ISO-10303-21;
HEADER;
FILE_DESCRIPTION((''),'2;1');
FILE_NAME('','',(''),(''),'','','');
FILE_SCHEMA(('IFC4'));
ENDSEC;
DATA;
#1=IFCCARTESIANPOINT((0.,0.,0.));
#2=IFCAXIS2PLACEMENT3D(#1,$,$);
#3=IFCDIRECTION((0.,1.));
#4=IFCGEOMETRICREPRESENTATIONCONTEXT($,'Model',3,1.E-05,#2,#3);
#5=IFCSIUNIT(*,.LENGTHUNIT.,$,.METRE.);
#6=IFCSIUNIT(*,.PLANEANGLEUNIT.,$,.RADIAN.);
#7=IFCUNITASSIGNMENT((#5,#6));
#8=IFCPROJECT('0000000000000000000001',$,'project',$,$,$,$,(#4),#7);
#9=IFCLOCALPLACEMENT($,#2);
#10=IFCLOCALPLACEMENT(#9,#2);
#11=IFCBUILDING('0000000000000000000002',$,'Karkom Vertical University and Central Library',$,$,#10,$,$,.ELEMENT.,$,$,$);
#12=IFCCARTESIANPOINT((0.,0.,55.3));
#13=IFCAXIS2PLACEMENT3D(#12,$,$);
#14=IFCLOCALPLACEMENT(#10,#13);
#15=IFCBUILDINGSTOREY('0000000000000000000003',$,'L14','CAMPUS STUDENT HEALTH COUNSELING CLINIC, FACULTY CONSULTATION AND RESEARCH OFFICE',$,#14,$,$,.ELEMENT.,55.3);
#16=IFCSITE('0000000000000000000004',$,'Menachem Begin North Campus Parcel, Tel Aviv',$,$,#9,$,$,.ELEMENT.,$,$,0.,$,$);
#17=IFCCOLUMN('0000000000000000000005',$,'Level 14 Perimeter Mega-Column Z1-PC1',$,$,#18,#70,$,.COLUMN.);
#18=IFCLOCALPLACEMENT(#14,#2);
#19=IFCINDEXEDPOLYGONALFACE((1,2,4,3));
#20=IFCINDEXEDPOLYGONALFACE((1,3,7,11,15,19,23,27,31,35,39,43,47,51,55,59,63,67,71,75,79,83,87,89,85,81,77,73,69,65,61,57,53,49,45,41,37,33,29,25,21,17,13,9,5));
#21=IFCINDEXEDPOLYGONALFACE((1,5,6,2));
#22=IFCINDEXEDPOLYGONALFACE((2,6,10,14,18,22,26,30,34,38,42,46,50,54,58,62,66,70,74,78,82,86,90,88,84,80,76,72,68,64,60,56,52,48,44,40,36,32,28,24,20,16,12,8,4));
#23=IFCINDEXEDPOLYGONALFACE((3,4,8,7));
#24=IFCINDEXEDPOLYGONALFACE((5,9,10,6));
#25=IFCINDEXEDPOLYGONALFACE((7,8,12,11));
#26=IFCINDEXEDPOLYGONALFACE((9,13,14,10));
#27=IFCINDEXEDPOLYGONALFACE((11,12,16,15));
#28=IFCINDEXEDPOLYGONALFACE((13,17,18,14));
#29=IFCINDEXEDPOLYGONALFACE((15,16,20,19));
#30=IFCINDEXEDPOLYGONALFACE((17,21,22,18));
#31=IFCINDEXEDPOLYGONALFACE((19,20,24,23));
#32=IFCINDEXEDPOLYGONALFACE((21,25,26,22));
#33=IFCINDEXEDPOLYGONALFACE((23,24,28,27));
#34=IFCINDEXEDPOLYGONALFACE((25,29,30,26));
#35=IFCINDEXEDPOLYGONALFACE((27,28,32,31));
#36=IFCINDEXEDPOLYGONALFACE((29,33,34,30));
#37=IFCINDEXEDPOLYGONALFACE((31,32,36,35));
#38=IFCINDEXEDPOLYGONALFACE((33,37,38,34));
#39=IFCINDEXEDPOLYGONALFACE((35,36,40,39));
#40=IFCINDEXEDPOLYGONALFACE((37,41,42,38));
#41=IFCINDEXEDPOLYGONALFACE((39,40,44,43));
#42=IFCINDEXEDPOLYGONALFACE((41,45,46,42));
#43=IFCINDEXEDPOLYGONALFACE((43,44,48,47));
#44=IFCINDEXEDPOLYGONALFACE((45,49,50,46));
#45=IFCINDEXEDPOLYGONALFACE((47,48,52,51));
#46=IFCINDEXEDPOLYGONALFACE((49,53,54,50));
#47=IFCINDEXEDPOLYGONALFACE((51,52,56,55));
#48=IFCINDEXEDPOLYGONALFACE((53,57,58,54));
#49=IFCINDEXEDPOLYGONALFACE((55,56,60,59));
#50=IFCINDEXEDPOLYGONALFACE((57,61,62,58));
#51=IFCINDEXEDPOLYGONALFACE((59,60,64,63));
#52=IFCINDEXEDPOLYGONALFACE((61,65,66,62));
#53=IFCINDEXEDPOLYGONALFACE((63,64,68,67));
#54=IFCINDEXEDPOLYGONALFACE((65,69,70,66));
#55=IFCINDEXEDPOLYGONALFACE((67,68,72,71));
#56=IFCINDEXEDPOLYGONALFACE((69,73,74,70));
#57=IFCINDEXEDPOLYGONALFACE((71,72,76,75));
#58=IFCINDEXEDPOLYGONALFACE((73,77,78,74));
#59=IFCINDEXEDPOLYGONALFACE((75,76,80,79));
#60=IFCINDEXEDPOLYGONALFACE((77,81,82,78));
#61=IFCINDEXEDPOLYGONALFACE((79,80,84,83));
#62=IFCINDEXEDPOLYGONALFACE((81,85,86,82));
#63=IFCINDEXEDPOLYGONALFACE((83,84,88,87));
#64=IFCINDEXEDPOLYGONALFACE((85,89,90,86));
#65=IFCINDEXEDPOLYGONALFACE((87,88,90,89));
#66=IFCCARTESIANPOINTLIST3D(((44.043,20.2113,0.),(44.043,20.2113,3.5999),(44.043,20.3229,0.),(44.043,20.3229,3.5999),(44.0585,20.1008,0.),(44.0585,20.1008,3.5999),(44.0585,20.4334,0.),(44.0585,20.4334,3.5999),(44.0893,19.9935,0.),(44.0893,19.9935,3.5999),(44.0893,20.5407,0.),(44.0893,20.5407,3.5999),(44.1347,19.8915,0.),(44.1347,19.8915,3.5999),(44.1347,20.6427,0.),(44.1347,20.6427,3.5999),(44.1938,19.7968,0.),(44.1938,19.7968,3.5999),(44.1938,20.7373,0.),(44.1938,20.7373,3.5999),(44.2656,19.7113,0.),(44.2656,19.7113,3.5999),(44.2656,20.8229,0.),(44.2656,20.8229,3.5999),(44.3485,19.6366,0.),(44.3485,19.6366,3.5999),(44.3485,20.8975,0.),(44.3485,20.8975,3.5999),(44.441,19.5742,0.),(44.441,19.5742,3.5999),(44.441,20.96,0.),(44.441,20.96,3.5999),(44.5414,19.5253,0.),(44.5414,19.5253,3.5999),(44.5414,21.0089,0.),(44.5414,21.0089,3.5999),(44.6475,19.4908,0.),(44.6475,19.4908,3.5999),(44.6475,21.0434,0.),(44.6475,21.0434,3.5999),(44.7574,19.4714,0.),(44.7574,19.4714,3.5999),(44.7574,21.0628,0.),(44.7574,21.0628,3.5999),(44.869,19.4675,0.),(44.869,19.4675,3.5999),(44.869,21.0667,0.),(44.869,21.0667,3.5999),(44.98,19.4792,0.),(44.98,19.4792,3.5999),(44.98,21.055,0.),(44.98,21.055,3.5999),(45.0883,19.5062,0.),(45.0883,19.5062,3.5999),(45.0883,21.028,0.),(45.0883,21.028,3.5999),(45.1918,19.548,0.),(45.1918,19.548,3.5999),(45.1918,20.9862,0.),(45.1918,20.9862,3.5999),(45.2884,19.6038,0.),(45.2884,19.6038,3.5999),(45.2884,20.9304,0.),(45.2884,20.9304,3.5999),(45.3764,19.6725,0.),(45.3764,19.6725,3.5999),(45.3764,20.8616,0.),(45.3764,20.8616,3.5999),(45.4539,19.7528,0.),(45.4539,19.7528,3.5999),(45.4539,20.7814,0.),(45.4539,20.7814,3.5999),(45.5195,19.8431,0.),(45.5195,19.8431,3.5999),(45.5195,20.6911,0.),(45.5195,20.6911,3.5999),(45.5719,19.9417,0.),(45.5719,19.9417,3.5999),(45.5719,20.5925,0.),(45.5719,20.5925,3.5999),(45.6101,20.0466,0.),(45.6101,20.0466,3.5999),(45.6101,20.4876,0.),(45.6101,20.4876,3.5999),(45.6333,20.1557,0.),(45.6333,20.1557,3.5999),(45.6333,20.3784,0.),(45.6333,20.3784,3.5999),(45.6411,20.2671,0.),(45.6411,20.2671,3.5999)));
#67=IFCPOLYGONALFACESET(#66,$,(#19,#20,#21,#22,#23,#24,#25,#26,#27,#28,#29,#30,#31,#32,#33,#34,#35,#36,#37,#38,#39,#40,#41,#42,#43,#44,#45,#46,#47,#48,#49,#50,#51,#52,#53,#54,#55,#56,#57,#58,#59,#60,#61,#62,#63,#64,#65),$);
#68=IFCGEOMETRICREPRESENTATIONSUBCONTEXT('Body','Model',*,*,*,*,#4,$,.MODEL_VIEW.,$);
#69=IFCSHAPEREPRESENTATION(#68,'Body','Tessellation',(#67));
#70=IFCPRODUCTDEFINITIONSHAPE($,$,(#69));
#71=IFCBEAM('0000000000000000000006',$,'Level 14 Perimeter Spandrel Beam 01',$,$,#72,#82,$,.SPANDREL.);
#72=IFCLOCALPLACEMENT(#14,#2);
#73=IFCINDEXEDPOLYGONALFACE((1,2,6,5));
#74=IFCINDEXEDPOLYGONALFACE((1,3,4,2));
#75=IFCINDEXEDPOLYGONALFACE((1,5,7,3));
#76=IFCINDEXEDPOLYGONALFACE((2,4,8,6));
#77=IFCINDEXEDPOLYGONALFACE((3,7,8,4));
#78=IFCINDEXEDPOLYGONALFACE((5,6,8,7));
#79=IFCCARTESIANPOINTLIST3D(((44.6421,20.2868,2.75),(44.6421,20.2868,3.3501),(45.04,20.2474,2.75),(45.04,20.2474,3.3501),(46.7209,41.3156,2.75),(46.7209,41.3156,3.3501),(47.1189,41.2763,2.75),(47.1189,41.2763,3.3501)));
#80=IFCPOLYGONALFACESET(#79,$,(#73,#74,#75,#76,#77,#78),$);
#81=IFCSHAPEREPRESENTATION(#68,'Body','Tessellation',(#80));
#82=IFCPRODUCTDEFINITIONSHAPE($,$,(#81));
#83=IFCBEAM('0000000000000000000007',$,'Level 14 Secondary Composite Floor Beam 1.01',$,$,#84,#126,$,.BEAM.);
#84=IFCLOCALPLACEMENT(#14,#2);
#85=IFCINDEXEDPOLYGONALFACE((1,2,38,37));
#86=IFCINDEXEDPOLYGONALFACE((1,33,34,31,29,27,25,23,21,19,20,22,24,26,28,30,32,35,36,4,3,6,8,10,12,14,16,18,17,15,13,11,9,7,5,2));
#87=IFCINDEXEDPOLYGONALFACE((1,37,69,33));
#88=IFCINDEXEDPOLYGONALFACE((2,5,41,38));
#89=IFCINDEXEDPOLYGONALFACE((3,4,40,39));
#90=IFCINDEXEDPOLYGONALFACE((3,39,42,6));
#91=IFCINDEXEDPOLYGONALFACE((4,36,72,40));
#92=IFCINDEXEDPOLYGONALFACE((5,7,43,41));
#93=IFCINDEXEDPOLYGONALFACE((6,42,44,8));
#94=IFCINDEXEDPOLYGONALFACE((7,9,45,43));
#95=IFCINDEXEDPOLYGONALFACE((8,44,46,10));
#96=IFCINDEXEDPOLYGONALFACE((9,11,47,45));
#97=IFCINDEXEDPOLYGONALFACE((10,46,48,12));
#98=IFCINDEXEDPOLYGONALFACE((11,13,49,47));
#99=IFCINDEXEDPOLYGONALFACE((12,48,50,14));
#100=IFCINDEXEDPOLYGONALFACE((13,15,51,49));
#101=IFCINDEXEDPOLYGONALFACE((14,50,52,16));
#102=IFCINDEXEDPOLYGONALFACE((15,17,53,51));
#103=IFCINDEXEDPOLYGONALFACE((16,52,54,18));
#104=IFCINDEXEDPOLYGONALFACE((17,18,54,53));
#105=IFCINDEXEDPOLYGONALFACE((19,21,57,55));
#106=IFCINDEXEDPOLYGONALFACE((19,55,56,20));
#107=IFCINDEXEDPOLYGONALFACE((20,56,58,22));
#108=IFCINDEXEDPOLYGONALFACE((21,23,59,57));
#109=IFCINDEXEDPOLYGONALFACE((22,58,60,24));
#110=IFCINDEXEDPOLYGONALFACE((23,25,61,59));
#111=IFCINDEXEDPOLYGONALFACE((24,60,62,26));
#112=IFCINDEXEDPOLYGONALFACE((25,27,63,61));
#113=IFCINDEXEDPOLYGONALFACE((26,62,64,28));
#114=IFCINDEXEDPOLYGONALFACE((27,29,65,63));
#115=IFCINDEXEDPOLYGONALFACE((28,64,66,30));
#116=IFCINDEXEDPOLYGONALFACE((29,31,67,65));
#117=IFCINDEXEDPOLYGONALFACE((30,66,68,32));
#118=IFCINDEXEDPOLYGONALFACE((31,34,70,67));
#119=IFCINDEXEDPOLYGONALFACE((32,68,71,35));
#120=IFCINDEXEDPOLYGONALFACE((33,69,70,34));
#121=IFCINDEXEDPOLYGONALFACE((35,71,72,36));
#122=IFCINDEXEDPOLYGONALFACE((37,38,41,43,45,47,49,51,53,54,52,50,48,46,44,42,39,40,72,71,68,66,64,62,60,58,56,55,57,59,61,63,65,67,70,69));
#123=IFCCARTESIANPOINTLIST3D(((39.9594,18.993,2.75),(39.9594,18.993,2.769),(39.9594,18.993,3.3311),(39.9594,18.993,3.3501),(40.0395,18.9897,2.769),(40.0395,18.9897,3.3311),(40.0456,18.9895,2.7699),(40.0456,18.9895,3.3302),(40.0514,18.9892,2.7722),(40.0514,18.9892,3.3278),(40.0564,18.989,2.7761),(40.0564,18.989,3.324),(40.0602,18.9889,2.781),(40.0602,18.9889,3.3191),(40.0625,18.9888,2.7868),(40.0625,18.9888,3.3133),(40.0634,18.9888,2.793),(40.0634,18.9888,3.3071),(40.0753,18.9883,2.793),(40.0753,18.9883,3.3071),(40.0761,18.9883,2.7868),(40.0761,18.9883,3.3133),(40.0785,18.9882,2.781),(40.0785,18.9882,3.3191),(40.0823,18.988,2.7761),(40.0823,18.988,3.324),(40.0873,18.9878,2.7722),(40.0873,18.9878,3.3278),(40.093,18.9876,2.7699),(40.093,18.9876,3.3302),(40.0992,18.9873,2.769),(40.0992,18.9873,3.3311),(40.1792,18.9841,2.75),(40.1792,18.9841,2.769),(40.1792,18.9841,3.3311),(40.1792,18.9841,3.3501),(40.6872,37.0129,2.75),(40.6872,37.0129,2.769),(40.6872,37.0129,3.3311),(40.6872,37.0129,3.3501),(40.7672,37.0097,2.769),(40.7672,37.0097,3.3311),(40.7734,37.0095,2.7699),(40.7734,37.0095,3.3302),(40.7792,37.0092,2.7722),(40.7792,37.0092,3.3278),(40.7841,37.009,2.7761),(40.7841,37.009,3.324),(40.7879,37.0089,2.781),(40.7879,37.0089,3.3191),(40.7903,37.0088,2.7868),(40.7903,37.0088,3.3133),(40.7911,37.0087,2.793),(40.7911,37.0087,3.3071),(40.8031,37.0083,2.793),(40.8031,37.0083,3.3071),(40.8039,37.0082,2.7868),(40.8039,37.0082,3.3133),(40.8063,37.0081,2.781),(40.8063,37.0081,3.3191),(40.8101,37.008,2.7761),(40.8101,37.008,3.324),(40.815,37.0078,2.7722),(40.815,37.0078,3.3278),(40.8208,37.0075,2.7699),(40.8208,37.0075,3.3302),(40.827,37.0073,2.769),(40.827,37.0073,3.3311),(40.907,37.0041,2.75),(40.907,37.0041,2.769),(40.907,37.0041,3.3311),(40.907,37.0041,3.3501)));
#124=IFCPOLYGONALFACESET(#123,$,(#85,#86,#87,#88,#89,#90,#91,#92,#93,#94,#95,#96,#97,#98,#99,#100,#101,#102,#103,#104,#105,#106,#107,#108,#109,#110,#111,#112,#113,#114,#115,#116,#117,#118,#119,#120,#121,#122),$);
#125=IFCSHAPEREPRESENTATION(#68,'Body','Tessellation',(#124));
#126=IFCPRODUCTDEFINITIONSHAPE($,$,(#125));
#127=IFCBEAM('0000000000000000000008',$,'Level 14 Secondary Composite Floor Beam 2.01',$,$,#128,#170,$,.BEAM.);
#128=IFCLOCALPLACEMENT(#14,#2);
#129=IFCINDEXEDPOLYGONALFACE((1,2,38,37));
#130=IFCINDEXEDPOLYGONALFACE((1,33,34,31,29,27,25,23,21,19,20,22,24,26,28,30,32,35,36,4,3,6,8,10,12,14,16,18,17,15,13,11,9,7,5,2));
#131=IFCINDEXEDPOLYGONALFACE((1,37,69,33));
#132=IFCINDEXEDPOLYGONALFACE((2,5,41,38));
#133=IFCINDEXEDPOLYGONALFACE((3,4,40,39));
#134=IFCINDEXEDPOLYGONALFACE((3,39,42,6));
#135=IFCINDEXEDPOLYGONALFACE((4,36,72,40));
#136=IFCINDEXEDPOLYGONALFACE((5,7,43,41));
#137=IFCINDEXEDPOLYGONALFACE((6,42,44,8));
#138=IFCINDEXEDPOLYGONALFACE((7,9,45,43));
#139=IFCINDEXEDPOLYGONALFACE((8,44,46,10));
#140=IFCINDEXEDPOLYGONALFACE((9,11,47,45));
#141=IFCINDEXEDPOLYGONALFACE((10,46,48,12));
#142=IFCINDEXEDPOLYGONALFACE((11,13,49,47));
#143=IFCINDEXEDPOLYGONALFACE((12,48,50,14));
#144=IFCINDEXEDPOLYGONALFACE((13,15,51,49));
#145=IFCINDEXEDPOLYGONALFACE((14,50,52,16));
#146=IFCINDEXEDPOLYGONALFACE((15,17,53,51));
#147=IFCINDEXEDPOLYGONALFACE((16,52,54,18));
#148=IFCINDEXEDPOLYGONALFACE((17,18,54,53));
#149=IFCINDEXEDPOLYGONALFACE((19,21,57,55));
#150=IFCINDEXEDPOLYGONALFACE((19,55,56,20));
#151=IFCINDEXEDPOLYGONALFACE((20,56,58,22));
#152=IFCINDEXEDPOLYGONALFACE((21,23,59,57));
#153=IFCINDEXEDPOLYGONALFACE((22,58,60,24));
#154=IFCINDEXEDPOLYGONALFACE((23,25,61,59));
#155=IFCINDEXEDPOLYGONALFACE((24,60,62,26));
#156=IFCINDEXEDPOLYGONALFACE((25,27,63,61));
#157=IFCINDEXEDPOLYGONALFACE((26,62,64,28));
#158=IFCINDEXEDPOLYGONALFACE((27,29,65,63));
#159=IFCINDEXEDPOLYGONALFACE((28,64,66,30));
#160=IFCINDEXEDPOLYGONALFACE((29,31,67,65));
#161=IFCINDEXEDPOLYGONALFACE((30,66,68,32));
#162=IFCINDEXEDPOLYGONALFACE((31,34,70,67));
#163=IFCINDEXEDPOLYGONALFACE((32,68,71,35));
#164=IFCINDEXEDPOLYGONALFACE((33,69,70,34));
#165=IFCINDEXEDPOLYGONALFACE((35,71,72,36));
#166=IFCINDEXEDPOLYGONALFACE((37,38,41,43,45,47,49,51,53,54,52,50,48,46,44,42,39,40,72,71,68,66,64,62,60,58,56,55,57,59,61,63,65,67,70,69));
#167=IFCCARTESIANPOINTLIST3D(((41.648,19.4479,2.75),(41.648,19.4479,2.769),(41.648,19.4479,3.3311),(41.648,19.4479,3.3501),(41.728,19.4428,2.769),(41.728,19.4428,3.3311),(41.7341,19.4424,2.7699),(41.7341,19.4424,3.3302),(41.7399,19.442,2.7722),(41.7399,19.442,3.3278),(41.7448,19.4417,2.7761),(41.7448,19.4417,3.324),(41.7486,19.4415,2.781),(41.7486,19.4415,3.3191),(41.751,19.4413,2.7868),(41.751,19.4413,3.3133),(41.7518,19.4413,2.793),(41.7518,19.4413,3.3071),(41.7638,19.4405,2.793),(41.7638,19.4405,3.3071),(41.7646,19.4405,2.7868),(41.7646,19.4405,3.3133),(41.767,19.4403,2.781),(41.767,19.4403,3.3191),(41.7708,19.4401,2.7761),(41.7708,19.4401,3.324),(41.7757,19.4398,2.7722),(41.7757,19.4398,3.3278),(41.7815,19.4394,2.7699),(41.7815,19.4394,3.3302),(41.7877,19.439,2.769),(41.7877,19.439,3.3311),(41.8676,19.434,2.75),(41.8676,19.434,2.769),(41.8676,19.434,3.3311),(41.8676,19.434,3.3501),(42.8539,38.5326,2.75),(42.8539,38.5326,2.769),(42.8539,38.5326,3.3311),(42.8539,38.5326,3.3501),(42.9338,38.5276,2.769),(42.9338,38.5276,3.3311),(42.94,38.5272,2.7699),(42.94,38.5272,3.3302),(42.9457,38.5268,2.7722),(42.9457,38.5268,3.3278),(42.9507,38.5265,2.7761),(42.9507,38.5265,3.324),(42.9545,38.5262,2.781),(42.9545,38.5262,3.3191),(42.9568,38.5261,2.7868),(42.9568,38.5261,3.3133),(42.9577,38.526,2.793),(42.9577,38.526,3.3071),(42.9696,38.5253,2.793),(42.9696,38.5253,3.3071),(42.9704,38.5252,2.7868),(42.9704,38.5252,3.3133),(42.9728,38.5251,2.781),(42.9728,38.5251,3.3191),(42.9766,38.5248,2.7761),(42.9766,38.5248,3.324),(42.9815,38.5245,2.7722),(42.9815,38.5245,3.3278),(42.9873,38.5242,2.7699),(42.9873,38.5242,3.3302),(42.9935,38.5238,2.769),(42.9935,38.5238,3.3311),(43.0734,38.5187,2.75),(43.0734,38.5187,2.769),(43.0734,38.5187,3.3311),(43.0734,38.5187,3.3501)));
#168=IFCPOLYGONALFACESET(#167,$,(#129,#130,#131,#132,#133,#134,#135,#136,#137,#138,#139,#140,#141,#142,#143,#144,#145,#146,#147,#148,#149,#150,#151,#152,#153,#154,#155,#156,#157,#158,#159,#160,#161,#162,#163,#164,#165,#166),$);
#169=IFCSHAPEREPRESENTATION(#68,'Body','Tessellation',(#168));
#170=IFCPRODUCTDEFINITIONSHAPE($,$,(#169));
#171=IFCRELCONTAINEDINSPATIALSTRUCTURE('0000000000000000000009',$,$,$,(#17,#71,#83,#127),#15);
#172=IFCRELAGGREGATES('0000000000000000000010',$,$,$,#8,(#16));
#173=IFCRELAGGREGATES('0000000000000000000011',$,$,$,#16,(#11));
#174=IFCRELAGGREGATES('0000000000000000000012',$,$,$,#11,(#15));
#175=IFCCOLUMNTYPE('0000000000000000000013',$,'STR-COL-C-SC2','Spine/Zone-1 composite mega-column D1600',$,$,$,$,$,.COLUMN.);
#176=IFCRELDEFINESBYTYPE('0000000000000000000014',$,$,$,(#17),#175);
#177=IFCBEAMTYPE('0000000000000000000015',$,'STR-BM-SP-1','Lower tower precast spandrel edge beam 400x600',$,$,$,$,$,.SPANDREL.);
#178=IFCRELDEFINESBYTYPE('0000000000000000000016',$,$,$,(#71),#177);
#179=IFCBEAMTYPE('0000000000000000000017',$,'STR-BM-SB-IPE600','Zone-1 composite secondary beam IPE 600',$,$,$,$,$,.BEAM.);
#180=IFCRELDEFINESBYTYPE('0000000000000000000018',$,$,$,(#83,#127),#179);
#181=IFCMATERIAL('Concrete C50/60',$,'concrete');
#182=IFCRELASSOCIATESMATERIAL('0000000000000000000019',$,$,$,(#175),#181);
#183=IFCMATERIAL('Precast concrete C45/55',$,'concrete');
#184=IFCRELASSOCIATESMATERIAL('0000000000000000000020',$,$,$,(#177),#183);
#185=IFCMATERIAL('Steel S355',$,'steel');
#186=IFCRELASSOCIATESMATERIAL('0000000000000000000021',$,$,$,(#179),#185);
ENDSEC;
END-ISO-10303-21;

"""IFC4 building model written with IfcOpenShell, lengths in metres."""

from ifc_helpers import new_model, si_unit, direction, frame, origin, origin_with_axes, origin_2d, place, context, subcontext, project, spatial, rectangle, circle, i_section, extrude, source, transform, mapped, material, material_profile, profile_set, type_object, element, save


model = new_model("IFC4")

# Units and contexts
model_context = context("Model", 3, precision=1e-05, world=origin(), true_north=direction((0.0, 1.0)))
body_context = subcontext(model_context, "Body", "Model", "MODEL_VIEW")
ifc_project = project(units=[si_unit("LENGTHUNIT", "METRE"), si_unit("PLANEANGLEUNIT", "RADIAN")], contexts=[model_context])

# Site, building, storey
site_placement = place(None, origin())
site = spatial("IfcSite", under=ifc_project, at=site_placement, Name="Menachem Begin North Campus Parcel, Tel Aviv", CompositionType="ELEMENT", RefElevation=0.0)
building_placement = place(site_placement, origin())
building = spatial("IfcBuilding", under=site, at=building_placement, Name="Karkom Vertical University and Central Library", CompositionType="ELEMENT")
storey_placement = place(building_placement, frame((0.0, 0.0, 55.3)))
storey = spatial("IfcBuildingStorey", under=building, at=storey_placement, Name="L14", Description="CAMPUS STUDENT HEALTH COUNSELING CLINIC, FACULTY CONSULTATION AND RESEARCH OFFICE", CompositionType="ELEMENT", Elevation=55.3)

# Column
ifc_material_1 = material(Name="Concrete C50/60", Category="concrete")
ifc_material_profile_1 = material_profile(ifc_material_1, circle(Radius=0.8, at=origin_2d()), Name="CFT-D1600")
ifc_profile_set_1 = profile_set([ifc_material_profile_1], Name="Concrete C50/60")
column_type = type_object("IfcColumnType", Name="STR-COL-C-SC2", Description="Spine/Zone-1 composite mega-column D1600", PredefinedType="COLUMN", material=ifc_profile_set_1)
shared_shape_1 = source(origin_with_axes(), body_context, "Body", "SweptSolid", [
    extrude(circle(Radius=0.8, at=origin_2d()), origin(), (0.0, 0.0, 1.0), 3.5999),
])
column_placement = place(storey_placement, frame((44.8411, 20.2671, 0.0), z_axis=(0.0, 0.0, 1.0), x_axis=(1.0, 0.0, 0.0)))
element("IfcColumn", 1, at=column_placement, inside=storey, type_object=column_type, Name="Level 14 Perimeter Mega-Column Z1-PC1", PredefinedType="COLUMN", context=body_context, shape_type="MappedRepresentation", body=[
    mapped(shared_shape_1, transform((0.0, 0.0, 0.0), scale=1.0)),
])

# Beams
ifc_material_2 = material(Name="Precast concrete C45/55", Category="concrete")
ifc_material_profile_2 = material_profile(ifc_material_2, rectangle(XDim=0.3999, YDim=0.6001, at=origin_2d()), Name="SPB-400x600")
ifc_profile_set_2 = profile_set([ifc_material_profile_2], Name="Precast concrete C45/55")
beam_type_1 = type_object("IfcBeamType", Name="STR-BM-SP-1", Description="Lower tower precast spandrel edge beam 400x600", PredefinedType="SPANDREL", material=ifc_profile_set_2)
shared_shape_2 = source(origin_with_axes(), body_context, "Body", "SweptSolid", [
    extrude(rectangle(XDim=0.3999, YDim=0.6001, at=origin_2d()), origin(), (0.0, 0.0, 1.0), 21.1313),
])
beam_1_placement = place(storey_placement, frame((44.8411, 20.2671, 3.05), z_axis=(0.098378, 0.995149, 0.0), x_axis=(-0.995149, 0.098378, 0.0)))
element("IfcBeam", 2, at=beam_1_placement, inside=storey, type_object=beam_type_1, Name="Level 14 Perimeter Spandrel Beam 01", PredefinedType="SPANDREL", context=body_context, shape_type="MappedRepresentation", body=[
    mapped(shared_shape_2, transform((0.0, 0.0, 0.0), scale=1.0)),
])
ifc_material_3 = material(Name="Steel S355", Category="steel")
ifc_material_profile_3 = material_profile(ifc_material_3, i_section(OverallWidth=0.22, OverallDepth=0.6001, WebThickness=0.012, FlangeThickness=0.019, FilletRadius=0.0239, at=origin_2d()), Name="IPE 600")
ifc_profile_set_3 = profile_set([ifc_material_profile_3], Name="Steel S355")
beam_type_2 = type_object("IfcBeamType", Name="STR-BM-SB-IPE600", Description="Zone-1 composite secondary beam IPE 600", PredefinedType="BEAM", material=ifc_profile_set_3)
shared_shape_3 = source(origin_with_axes(), body_context, "Body", "SweptSolid", [
    extrude(i_section(OverallWidth=0.22, OverallDepth=0.6001, WebThickness=0.012, FlangeThickness=0.019, FilletRadius=0.0239, at=origin_2d()), origin(), (0.0, 0.0, 1.0), 18.0347),
])
beam_2_placement = place(storey_placement, frame((40.0693, 18.9885, 3.05), z_axis=(0.040355, 0.999185, 0.0), x_axis=(-0.999185, 0.040355, 0.0)))
element("IfcBeam", 3, at=beam_2_placement, inside=storey, type_object=beam_type_2, Name="Level 14 Secondary Composite Floor Beam 1.01", PredefinedType="BEAM", context=body_context, shape_type="MappedRepresentation", body=[
    mapped(shared_shape_3, transform((0.0, 0.0, 0.0), scale=1.0)),
])
shared_shape_4 = source(origin_with_axes(), body_context, "Body", "SweptSolid", [
    extrude(i_section(OverallWidth=0.22, OverallDepth=0.6001, WebThickness=0.012, FlangeThickness=0.019, FilletRadius=0.0239, at=origin_2d()), origin(), (0.0, 0.0, 1.0), 19.1228),
])
beam_3_placement = place(storey_placement, frame((41.7578, 19.4409, 3.05), z_axis=(0.063056, 0.99801, 0.0), x_axis=(-0.99801, 0.063056, 0.0)))
element("IfcBeam", 4, at=beam_3_placement, inside=storey, type_object=beam_type_2, Name="Level 14 Secondary Composite Floor Beam 2.01", PredefinedType="BEAM", context=body_context, shape_type="MappedRepresentation", body=[
    mapped(shared_shape_4, transform((0.0, 0.0, 0.0), scale=1.0)),
])

save(model, "model.ifc")
